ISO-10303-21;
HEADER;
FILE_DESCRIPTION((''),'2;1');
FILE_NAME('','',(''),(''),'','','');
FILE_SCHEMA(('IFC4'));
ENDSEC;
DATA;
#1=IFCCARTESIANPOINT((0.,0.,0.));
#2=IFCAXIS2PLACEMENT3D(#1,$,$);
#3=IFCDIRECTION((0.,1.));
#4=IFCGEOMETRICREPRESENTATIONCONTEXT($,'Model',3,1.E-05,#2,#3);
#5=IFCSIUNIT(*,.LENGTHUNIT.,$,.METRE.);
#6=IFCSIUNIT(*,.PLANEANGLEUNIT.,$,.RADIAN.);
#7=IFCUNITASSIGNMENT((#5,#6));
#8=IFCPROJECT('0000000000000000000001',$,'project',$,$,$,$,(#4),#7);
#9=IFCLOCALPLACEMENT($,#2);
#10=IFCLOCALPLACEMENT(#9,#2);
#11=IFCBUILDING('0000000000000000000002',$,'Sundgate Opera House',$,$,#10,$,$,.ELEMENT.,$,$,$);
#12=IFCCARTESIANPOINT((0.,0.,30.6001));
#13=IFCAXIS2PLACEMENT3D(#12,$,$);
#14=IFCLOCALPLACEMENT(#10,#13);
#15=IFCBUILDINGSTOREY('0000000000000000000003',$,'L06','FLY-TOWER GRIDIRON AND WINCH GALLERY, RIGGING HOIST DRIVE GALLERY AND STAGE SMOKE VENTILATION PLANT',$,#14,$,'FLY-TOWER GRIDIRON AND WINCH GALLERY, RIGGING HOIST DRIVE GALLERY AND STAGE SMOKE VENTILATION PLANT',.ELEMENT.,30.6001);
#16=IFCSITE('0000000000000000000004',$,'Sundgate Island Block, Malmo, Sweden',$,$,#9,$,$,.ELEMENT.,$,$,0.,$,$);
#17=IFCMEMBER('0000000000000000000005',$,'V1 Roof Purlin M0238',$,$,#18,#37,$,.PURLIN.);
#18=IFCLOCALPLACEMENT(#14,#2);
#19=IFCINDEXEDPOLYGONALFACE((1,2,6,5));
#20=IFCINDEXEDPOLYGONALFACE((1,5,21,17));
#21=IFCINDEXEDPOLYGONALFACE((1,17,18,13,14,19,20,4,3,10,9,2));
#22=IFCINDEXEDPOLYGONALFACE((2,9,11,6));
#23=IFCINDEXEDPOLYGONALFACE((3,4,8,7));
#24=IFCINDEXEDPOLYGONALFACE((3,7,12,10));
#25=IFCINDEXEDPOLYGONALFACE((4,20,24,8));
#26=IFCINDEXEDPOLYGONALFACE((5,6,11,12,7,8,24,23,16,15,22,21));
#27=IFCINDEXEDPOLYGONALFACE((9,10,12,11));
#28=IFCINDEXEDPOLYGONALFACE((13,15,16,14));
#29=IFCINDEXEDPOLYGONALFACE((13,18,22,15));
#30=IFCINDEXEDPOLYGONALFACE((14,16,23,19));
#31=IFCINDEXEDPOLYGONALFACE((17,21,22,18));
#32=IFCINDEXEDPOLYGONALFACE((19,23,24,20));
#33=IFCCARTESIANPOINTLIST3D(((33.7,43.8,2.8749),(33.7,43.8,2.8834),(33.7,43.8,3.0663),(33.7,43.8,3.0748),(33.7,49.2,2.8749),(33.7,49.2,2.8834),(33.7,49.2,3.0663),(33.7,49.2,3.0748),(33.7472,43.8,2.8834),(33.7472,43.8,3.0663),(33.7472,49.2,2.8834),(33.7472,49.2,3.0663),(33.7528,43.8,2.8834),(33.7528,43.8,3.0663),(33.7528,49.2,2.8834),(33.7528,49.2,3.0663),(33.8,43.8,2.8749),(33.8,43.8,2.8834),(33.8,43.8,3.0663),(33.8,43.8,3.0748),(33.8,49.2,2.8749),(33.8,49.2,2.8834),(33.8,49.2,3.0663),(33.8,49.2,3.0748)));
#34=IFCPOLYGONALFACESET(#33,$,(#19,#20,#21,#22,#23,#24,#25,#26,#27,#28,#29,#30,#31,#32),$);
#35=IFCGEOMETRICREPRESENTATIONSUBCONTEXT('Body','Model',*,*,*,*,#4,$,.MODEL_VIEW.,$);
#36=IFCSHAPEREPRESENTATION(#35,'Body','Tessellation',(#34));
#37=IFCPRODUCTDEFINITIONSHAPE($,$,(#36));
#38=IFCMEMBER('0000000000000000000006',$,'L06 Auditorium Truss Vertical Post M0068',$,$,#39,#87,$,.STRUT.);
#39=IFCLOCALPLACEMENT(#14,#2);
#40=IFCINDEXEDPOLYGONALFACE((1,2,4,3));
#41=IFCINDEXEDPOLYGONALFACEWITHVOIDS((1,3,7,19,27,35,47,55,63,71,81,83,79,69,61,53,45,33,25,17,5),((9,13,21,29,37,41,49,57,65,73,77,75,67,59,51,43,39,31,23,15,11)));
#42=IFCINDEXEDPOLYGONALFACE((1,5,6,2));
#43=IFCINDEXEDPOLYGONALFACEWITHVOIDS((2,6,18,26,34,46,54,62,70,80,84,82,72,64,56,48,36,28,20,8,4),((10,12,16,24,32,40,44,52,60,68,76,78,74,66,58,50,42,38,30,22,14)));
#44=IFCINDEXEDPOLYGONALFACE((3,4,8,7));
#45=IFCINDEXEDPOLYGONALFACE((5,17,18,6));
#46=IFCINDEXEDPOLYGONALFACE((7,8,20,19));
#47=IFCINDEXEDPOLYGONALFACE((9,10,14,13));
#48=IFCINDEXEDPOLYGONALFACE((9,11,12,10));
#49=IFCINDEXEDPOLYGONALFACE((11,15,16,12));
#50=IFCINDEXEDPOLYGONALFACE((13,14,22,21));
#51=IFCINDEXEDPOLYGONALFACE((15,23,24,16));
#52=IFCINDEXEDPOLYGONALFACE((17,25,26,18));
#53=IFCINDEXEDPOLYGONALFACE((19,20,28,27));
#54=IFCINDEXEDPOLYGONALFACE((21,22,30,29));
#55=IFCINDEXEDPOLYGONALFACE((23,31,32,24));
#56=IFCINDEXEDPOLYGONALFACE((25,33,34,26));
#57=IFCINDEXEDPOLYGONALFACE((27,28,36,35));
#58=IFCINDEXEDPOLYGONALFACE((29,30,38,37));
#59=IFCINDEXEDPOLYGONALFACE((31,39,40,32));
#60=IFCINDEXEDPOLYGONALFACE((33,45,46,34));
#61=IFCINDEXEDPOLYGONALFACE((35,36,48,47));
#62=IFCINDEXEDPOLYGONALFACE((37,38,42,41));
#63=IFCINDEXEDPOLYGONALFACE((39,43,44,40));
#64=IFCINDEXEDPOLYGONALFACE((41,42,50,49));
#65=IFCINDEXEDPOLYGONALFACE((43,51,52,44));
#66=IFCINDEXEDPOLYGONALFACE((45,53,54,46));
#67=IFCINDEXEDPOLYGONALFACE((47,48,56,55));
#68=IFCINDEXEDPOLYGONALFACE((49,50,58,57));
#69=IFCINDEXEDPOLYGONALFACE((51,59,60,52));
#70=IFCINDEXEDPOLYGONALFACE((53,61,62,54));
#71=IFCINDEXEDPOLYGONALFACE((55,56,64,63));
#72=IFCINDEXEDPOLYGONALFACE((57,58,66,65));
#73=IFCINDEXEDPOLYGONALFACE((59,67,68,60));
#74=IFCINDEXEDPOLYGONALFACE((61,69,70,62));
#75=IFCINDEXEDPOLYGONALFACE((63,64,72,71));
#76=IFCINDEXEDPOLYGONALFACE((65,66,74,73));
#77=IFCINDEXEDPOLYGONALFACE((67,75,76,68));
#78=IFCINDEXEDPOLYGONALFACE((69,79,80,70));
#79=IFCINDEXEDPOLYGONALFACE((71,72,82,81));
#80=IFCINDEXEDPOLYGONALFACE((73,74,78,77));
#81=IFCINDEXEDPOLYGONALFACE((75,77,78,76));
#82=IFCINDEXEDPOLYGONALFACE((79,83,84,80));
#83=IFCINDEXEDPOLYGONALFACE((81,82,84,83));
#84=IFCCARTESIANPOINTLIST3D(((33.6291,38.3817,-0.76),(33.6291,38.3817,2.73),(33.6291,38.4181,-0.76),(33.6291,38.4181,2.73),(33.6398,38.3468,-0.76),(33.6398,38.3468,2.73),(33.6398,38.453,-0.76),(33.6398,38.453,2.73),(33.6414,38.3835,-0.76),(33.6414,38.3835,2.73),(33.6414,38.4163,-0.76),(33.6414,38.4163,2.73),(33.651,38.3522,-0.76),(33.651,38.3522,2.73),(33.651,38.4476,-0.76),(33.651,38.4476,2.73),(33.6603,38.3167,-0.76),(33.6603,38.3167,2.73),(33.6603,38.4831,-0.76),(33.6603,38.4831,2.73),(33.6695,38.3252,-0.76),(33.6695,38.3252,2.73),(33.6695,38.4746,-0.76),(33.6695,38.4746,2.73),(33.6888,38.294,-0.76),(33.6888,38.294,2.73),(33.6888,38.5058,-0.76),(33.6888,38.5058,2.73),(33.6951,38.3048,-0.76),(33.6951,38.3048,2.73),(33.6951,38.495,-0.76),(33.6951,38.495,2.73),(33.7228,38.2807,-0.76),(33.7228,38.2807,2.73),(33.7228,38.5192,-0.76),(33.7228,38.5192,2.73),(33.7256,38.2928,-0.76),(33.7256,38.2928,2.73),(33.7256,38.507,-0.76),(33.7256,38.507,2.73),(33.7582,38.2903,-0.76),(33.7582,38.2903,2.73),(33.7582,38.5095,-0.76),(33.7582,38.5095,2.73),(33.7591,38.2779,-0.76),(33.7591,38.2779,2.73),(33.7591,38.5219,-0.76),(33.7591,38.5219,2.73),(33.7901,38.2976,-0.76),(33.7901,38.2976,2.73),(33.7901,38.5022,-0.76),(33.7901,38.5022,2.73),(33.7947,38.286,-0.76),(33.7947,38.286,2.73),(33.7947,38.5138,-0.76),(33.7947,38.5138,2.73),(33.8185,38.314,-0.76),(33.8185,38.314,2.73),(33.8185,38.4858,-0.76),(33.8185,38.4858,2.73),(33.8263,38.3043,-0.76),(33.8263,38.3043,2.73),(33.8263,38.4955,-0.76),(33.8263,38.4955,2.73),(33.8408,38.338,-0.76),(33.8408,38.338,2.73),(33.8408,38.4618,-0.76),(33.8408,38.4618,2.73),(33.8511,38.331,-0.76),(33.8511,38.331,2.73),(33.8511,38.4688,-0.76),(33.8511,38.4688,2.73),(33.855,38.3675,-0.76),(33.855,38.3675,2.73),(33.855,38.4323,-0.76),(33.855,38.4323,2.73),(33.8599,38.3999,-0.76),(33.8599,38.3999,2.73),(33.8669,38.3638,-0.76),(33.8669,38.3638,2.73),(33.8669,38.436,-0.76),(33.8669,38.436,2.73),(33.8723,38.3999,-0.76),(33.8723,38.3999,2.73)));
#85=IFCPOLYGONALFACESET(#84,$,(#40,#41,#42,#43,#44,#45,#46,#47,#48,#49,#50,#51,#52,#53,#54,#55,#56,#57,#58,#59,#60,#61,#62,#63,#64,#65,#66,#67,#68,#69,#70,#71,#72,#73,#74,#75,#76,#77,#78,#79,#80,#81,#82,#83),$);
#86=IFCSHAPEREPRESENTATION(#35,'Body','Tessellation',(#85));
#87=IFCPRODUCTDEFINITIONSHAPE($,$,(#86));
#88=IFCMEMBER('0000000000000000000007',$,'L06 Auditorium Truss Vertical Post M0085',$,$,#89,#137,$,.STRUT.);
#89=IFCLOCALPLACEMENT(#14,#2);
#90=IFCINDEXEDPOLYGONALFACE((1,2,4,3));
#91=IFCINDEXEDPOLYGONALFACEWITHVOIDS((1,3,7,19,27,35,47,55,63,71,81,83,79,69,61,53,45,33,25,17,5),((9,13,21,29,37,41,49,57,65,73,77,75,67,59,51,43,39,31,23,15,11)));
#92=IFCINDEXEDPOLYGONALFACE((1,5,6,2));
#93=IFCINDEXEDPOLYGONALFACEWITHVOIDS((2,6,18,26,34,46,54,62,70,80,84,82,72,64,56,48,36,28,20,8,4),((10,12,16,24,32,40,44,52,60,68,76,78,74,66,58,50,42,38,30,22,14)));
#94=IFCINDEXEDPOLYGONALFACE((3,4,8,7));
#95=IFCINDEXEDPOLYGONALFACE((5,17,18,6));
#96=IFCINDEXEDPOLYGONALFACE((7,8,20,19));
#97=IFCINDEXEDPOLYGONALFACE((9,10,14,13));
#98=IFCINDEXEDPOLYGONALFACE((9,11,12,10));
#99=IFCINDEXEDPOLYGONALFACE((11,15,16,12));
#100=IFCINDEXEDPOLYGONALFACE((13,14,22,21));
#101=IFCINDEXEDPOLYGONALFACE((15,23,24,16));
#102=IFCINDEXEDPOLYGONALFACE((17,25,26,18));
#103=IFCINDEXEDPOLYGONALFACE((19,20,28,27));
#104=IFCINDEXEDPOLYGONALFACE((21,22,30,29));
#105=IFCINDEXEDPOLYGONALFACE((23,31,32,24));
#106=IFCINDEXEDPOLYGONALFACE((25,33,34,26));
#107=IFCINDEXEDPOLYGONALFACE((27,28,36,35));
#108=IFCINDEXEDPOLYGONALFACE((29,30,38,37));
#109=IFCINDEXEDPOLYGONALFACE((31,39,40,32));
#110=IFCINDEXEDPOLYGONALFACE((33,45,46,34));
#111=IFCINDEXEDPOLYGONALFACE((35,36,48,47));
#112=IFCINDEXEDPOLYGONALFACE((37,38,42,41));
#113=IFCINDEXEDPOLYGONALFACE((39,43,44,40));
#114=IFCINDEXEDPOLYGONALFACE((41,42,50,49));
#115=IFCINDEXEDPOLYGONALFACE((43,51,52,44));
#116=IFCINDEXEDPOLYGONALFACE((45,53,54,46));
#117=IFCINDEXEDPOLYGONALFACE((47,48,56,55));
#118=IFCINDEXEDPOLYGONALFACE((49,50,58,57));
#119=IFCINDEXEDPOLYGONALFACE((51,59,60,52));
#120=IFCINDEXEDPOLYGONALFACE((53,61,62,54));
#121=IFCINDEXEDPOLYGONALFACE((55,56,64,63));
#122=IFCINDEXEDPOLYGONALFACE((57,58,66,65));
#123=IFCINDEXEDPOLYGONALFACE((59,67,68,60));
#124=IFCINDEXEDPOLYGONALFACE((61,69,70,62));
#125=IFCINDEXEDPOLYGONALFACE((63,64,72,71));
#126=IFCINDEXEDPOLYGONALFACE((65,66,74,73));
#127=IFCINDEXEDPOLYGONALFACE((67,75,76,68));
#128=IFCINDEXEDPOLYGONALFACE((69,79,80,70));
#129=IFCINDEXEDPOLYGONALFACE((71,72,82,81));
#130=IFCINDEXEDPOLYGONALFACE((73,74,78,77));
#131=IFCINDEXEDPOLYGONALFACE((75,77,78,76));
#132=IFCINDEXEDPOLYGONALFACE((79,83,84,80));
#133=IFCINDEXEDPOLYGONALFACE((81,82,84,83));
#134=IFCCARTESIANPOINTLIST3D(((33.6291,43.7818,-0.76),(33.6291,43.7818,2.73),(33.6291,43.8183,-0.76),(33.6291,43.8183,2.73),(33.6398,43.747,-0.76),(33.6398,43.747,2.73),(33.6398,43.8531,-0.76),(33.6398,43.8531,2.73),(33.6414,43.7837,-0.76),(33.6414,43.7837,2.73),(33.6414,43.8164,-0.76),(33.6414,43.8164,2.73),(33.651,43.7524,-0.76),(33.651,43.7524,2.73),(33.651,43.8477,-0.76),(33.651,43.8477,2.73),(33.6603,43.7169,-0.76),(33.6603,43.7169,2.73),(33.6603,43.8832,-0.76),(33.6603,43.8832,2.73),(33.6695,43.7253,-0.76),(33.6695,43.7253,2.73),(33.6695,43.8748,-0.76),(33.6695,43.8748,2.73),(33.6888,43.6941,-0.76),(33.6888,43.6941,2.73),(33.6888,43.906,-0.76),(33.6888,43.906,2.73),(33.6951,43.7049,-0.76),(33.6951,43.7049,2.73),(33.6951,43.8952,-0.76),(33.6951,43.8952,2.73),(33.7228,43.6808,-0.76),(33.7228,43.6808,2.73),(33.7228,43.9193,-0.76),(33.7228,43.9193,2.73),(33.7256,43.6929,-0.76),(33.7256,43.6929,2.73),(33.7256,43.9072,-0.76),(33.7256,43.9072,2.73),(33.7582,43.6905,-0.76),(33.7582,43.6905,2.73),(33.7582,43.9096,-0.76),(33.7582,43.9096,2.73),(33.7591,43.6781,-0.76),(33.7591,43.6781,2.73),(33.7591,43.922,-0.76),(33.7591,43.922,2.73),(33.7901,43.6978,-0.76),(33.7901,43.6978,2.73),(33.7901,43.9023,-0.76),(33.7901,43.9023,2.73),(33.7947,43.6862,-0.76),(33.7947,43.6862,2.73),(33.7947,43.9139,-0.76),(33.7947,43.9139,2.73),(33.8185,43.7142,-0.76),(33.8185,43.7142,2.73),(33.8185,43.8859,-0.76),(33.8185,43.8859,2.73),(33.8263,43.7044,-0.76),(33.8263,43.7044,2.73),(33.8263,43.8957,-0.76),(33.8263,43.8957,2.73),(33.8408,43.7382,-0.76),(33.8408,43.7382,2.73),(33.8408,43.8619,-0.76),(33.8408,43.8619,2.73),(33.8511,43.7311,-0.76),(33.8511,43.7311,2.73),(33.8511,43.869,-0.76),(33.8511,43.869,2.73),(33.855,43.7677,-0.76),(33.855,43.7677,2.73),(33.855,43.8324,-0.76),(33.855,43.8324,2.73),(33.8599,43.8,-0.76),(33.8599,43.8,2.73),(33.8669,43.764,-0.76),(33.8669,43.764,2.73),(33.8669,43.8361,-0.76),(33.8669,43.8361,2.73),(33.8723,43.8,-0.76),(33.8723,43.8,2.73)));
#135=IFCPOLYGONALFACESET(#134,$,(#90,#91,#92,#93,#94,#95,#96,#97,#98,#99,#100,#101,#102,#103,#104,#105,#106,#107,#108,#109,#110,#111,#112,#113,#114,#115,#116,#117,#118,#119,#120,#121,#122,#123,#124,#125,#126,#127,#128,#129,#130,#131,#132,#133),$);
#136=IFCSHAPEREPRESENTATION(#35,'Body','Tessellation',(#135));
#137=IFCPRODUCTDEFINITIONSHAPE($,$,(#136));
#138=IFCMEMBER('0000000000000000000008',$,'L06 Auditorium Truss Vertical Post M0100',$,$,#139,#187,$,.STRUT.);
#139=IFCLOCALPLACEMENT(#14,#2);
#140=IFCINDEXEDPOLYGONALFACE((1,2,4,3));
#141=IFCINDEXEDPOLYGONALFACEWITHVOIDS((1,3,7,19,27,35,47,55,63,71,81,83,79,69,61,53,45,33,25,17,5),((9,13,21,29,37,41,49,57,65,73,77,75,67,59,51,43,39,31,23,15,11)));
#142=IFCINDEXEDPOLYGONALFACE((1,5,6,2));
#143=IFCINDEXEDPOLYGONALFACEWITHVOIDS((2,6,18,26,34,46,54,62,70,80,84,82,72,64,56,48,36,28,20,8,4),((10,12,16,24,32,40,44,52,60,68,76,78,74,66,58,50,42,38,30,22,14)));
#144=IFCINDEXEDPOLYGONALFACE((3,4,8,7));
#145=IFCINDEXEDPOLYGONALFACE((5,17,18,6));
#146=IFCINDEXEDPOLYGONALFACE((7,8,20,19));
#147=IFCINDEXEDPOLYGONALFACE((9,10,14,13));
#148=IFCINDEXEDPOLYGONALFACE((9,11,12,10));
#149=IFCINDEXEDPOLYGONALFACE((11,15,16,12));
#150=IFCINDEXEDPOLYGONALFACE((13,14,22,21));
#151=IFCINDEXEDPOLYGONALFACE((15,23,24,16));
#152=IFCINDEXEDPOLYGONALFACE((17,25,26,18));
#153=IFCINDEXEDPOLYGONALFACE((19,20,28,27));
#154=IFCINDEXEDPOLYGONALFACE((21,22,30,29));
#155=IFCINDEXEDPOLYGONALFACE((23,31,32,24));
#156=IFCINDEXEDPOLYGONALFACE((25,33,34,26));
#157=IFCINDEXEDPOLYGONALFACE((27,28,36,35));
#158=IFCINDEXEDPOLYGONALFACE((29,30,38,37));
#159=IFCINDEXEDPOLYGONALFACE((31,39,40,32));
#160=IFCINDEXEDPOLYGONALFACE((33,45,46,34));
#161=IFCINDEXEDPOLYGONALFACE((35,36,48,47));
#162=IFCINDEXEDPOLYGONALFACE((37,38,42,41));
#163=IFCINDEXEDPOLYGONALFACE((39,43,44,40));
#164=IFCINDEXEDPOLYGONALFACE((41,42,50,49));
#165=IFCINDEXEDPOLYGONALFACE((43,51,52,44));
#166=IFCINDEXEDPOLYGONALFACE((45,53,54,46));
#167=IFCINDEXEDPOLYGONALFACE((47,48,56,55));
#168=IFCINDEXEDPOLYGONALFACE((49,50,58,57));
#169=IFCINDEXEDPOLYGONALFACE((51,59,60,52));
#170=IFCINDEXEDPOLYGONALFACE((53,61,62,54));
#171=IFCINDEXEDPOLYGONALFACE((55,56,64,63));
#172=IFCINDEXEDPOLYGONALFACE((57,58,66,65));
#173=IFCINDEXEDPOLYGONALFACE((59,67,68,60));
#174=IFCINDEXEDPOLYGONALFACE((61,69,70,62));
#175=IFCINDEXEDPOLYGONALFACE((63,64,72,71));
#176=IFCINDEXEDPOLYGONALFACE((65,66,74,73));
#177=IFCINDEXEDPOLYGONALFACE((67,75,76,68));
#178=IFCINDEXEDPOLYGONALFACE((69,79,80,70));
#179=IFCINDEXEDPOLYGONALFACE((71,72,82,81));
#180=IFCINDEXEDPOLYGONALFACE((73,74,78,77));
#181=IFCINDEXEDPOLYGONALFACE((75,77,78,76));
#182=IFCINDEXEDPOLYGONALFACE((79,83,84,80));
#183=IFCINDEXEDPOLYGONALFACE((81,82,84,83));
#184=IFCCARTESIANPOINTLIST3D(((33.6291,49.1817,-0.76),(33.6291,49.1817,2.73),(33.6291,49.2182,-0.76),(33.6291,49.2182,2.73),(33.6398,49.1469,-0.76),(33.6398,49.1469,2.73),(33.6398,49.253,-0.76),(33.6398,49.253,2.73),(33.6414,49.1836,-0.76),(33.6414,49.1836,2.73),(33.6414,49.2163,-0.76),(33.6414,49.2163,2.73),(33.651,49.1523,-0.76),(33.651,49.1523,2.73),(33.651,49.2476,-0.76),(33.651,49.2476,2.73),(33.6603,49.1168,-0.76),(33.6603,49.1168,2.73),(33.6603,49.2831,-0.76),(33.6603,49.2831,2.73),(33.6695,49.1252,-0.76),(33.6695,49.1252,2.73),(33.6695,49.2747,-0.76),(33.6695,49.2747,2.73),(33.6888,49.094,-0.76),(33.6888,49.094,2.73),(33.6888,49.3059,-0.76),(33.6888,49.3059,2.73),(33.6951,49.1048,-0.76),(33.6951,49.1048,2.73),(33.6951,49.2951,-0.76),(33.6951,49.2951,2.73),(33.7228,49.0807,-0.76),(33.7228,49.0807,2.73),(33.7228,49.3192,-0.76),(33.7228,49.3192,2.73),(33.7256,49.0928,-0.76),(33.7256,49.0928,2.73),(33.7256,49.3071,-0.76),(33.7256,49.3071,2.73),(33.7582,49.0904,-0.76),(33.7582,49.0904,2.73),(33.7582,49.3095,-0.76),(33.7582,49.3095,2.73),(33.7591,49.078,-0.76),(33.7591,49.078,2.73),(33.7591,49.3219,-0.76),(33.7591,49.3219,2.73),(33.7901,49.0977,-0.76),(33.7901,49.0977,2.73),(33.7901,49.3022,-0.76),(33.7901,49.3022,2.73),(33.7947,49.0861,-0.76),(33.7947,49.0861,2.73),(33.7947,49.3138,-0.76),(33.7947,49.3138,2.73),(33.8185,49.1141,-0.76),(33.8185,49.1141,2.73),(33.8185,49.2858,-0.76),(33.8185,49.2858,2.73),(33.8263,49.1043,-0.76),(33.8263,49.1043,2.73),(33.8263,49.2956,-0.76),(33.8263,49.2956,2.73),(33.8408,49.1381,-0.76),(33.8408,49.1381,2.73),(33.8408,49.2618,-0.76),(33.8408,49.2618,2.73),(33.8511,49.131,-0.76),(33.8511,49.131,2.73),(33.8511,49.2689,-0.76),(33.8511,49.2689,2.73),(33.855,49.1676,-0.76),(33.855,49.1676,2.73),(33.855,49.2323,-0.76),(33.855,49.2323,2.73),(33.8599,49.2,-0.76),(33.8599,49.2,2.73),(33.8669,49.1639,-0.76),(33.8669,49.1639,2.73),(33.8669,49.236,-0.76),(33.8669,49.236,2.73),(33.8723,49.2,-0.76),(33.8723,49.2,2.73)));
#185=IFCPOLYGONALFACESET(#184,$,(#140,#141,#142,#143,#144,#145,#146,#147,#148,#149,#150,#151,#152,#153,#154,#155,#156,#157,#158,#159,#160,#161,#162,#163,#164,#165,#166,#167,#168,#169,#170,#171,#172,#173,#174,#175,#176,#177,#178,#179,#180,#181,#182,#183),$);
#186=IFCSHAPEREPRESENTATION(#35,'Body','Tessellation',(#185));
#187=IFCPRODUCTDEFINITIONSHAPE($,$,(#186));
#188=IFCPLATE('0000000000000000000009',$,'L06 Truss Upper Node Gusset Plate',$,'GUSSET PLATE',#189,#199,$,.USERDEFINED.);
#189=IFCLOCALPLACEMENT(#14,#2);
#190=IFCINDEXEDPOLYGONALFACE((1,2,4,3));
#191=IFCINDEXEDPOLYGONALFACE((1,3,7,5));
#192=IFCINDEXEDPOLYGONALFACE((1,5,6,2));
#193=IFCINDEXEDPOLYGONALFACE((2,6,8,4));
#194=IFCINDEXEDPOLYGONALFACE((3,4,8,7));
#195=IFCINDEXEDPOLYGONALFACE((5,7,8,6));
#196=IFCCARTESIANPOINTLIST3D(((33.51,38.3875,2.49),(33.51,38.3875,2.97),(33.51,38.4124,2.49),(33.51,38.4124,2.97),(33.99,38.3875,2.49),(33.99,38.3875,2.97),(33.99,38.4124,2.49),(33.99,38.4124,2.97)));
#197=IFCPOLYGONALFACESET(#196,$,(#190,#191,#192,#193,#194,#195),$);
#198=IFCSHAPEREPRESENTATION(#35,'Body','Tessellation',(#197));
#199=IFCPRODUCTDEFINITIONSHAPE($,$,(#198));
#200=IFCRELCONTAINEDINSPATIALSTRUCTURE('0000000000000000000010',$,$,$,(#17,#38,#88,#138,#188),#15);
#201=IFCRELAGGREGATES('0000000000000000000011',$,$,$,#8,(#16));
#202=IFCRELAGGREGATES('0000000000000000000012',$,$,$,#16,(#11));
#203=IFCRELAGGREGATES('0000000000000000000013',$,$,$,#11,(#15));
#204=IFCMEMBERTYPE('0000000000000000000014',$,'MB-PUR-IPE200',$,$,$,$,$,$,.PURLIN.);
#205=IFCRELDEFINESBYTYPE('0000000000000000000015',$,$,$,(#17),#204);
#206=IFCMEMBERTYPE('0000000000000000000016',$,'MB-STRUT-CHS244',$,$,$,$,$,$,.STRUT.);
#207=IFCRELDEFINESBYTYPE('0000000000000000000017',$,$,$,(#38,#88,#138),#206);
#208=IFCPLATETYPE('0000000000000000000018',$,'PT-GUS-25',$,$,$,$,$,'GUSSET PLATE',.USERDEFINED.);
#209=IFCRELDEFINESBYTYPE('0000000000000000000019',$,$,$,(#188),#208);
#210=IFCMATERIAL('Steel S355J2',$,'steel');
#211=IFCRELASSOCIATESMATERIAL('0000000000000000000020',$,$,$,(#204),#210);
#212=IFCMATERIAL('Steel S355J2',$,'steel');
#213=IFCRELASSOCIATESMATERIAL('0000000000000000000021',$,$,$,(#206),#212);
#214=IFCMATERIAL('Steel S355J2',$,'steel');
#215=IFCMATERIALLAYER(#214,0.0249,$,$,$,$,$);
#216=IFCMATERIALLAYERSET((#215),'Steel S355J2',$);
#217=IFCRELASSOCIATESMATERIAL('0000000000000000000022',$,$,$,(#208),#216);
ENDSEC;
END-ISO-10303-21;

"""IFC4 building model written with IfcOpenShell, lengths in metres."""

from ifc_helpers import new_model, si_unit, direction, frame, origin, origin_2d, place, context, subcontext, project, spatial, rectangle, hollow_circle, i_section, extrude, material, layer, layer_set, material_profile, profile_set, type_object, element, save


model = new_model("IFC4")

# Units and contexts
model_context = context("Model", 3, precision=1e-05, world=origin(), true_north=direction((0.0, 1.0)))
body_context = subcontext(model_context, "Body", "Model", "MODEL_VIEW")
ifc_project = project(units=[si_unit("LENGTHUNIT", "METRE"), si_unit("PLANEANGLEUNIT", "RADIAN")], contexts=[model_context])

# Site, building, storey
site_placement = place(None, origin())
site = spatial("IfcSite", under=ifc_project, at=site_placement, Name="Sundgate Island Block, Malmo, Sweden", CompositionType="ELEMENT", RefElevation=0.0)
building_placement = place(site_placement, origin())
building = spatial("IfcBuilding", under=site, at=building_placement, Name="Sundgate Opera House", CompositionType="ELEMENT")
storey_placement = place(building_placement, frame((0.0, 0.0, 30.6001)))
storey = spatial("IfcBuildingStorey", under=building, at=storey_placement, Name="L06", Description="FLY-TOWER GRIDIRON AND WINCH GALLERY, RIGGING HOIST DRIVE GALLERY AND STAGE SMOKE VENTILATION PLANT", LongName="FLY-TOWER GRIDIRON AND WINCH GALLERY, RIGGING HOIST DRIVE GALLERY AND STAGE SMOKE VENTILATION PLANT", CompositionType="ELEMENT", Elevation=30.6001)

# Members
ifc_material_1 = material(Name="Steel S355J2", Category="steel")
ifc_material_profile_1 = material_profile(ifc_material_1, i_section(OverallWidth=0.1001, OverallDepth=0.2, WebThickness=0.0056, FlangeThickness=0.0085, at=origin_2d()), Name="IPE 200")
ifc_profile_set_1 = profile_set([ifc_material_profile_1], Name="Steel S355J2")
member_type_1 = type_object("IfcMemberType", Name="MB-PUR-IPE200", PredefinedType="PURLIN", material=ifc_profile_set_1)
member_1_placement = place(storey_placement, frame((33.75, 43.8, 2.9749), z_axis=(0.0, 1.0, 0.0), x_axis=(-1.0, 0.0, 0.0)))
element("IfcMember", 1, at=member_1_placement, inside=storey, type_object=member_type_1, Name="V1 Roof Purlin M0238", PredefinedType="PURLIN", context=body_context, shape_type="SweptSolid", body=[
    extrude(i_section(OverallWidth=0.1001, OverallDepth=0.2, WebThickness=0.0056, FlangeThickness=0.0085, at=origin_2d()), origin(), (0.0, 0.0, 1.0), 5.3999),
])
ifc_material_2 = material(Name="Steel S355J2", Category="steel")
ifc_material_profile_2 = material_profile(ifc_material_2, hollow_circle(Radius=0.1223, WallThickness=0.0125, at=origin_2d()), Name="CHS 244.5x12.5")
ifc_profile_set_2 = profile_set([ifc_material_profile_2], Name="Steel S355J2")
member_type_2 = type_object("IfcMemberType", Name="MB-STRUT-CHS244", PredefinedType="STRUT", material=ifc_profile_set_2)
for number, where, z_axis, x_axis, name in (
    (2, (33.75, 38.3999, -0.76), (0.0, 0.0, 1.0), (1.0, 0.0, 0.0), "L06 Auditorium Truss Vertical Post M0068"),
    (3, (33.75, 43.8, -0.76), (0.0, 0.0, 1.0), (1.0, 0.0, 0.0), "L06 Auditorium Truss Vertical Post M0085"),
    (4, (33.75, 49.2, -0.76), (0.0, 0.0, 1.0), (1.0, 0.0, 0.0), "L06 Auditorium Truss Vertical Post M0100"),
):
    element("IfcMember", number, at=place(storey_placement, frame(where, z_axis=z_axis, x_axis=x_axis)), inside=storey, type_object=member_type_2, Name=name, PredefinedType="STRUT", context=body_context, shape_type="SweptSolid", body=[
        extrude(hollow_circle(Radius=0.1223, WallThickness=0.0125, at=origin_2d()), origin(), (0.0, 0.0, 1.0), 3.49),
    ])

# Plate
ifc_material_3 = material(Name="Steel S355J2", Category="steel")
ifc_layer_1 = layer(ifc_material_3, 0.0249)
ifc_layer_set_1 = layer_set([ifc_layer_1], Name="Steel S355J2")
plate_type_1 = type_object("IfcPlateType", Name="PT-GUS-25", ElementType="GUSSET PLATE", PredefinedType="USERDEFINED", material=ifc_layer_set_1)
for number, where, z_axis, x_axis, name in (
    (5, (33.75, 38.3999, 2.49), (0.0, 0.0, 1.0), (1.0, 0.0, 0.0), "L06 Truss Upper Node Gusset Plate"),
):
    element("IfcPlate", number, at=place(storey_placement, frame(where, z_axis=z_axis, x_axis=x_axis)), inside=storey, type_object=plate_type_1, Name=name, ObjectType="GUSSET PLATE", PredefinedType="USERDEFINED", context=body_context, shape_type="SweptSolid", body=[
        extrude(rectangle(XDim=0.48, YDim=0.0249, at=origin_2d()), origin(), (0.0, 0.0, 1.0), 0.48),
    ])

save(model, "model.ifc")
